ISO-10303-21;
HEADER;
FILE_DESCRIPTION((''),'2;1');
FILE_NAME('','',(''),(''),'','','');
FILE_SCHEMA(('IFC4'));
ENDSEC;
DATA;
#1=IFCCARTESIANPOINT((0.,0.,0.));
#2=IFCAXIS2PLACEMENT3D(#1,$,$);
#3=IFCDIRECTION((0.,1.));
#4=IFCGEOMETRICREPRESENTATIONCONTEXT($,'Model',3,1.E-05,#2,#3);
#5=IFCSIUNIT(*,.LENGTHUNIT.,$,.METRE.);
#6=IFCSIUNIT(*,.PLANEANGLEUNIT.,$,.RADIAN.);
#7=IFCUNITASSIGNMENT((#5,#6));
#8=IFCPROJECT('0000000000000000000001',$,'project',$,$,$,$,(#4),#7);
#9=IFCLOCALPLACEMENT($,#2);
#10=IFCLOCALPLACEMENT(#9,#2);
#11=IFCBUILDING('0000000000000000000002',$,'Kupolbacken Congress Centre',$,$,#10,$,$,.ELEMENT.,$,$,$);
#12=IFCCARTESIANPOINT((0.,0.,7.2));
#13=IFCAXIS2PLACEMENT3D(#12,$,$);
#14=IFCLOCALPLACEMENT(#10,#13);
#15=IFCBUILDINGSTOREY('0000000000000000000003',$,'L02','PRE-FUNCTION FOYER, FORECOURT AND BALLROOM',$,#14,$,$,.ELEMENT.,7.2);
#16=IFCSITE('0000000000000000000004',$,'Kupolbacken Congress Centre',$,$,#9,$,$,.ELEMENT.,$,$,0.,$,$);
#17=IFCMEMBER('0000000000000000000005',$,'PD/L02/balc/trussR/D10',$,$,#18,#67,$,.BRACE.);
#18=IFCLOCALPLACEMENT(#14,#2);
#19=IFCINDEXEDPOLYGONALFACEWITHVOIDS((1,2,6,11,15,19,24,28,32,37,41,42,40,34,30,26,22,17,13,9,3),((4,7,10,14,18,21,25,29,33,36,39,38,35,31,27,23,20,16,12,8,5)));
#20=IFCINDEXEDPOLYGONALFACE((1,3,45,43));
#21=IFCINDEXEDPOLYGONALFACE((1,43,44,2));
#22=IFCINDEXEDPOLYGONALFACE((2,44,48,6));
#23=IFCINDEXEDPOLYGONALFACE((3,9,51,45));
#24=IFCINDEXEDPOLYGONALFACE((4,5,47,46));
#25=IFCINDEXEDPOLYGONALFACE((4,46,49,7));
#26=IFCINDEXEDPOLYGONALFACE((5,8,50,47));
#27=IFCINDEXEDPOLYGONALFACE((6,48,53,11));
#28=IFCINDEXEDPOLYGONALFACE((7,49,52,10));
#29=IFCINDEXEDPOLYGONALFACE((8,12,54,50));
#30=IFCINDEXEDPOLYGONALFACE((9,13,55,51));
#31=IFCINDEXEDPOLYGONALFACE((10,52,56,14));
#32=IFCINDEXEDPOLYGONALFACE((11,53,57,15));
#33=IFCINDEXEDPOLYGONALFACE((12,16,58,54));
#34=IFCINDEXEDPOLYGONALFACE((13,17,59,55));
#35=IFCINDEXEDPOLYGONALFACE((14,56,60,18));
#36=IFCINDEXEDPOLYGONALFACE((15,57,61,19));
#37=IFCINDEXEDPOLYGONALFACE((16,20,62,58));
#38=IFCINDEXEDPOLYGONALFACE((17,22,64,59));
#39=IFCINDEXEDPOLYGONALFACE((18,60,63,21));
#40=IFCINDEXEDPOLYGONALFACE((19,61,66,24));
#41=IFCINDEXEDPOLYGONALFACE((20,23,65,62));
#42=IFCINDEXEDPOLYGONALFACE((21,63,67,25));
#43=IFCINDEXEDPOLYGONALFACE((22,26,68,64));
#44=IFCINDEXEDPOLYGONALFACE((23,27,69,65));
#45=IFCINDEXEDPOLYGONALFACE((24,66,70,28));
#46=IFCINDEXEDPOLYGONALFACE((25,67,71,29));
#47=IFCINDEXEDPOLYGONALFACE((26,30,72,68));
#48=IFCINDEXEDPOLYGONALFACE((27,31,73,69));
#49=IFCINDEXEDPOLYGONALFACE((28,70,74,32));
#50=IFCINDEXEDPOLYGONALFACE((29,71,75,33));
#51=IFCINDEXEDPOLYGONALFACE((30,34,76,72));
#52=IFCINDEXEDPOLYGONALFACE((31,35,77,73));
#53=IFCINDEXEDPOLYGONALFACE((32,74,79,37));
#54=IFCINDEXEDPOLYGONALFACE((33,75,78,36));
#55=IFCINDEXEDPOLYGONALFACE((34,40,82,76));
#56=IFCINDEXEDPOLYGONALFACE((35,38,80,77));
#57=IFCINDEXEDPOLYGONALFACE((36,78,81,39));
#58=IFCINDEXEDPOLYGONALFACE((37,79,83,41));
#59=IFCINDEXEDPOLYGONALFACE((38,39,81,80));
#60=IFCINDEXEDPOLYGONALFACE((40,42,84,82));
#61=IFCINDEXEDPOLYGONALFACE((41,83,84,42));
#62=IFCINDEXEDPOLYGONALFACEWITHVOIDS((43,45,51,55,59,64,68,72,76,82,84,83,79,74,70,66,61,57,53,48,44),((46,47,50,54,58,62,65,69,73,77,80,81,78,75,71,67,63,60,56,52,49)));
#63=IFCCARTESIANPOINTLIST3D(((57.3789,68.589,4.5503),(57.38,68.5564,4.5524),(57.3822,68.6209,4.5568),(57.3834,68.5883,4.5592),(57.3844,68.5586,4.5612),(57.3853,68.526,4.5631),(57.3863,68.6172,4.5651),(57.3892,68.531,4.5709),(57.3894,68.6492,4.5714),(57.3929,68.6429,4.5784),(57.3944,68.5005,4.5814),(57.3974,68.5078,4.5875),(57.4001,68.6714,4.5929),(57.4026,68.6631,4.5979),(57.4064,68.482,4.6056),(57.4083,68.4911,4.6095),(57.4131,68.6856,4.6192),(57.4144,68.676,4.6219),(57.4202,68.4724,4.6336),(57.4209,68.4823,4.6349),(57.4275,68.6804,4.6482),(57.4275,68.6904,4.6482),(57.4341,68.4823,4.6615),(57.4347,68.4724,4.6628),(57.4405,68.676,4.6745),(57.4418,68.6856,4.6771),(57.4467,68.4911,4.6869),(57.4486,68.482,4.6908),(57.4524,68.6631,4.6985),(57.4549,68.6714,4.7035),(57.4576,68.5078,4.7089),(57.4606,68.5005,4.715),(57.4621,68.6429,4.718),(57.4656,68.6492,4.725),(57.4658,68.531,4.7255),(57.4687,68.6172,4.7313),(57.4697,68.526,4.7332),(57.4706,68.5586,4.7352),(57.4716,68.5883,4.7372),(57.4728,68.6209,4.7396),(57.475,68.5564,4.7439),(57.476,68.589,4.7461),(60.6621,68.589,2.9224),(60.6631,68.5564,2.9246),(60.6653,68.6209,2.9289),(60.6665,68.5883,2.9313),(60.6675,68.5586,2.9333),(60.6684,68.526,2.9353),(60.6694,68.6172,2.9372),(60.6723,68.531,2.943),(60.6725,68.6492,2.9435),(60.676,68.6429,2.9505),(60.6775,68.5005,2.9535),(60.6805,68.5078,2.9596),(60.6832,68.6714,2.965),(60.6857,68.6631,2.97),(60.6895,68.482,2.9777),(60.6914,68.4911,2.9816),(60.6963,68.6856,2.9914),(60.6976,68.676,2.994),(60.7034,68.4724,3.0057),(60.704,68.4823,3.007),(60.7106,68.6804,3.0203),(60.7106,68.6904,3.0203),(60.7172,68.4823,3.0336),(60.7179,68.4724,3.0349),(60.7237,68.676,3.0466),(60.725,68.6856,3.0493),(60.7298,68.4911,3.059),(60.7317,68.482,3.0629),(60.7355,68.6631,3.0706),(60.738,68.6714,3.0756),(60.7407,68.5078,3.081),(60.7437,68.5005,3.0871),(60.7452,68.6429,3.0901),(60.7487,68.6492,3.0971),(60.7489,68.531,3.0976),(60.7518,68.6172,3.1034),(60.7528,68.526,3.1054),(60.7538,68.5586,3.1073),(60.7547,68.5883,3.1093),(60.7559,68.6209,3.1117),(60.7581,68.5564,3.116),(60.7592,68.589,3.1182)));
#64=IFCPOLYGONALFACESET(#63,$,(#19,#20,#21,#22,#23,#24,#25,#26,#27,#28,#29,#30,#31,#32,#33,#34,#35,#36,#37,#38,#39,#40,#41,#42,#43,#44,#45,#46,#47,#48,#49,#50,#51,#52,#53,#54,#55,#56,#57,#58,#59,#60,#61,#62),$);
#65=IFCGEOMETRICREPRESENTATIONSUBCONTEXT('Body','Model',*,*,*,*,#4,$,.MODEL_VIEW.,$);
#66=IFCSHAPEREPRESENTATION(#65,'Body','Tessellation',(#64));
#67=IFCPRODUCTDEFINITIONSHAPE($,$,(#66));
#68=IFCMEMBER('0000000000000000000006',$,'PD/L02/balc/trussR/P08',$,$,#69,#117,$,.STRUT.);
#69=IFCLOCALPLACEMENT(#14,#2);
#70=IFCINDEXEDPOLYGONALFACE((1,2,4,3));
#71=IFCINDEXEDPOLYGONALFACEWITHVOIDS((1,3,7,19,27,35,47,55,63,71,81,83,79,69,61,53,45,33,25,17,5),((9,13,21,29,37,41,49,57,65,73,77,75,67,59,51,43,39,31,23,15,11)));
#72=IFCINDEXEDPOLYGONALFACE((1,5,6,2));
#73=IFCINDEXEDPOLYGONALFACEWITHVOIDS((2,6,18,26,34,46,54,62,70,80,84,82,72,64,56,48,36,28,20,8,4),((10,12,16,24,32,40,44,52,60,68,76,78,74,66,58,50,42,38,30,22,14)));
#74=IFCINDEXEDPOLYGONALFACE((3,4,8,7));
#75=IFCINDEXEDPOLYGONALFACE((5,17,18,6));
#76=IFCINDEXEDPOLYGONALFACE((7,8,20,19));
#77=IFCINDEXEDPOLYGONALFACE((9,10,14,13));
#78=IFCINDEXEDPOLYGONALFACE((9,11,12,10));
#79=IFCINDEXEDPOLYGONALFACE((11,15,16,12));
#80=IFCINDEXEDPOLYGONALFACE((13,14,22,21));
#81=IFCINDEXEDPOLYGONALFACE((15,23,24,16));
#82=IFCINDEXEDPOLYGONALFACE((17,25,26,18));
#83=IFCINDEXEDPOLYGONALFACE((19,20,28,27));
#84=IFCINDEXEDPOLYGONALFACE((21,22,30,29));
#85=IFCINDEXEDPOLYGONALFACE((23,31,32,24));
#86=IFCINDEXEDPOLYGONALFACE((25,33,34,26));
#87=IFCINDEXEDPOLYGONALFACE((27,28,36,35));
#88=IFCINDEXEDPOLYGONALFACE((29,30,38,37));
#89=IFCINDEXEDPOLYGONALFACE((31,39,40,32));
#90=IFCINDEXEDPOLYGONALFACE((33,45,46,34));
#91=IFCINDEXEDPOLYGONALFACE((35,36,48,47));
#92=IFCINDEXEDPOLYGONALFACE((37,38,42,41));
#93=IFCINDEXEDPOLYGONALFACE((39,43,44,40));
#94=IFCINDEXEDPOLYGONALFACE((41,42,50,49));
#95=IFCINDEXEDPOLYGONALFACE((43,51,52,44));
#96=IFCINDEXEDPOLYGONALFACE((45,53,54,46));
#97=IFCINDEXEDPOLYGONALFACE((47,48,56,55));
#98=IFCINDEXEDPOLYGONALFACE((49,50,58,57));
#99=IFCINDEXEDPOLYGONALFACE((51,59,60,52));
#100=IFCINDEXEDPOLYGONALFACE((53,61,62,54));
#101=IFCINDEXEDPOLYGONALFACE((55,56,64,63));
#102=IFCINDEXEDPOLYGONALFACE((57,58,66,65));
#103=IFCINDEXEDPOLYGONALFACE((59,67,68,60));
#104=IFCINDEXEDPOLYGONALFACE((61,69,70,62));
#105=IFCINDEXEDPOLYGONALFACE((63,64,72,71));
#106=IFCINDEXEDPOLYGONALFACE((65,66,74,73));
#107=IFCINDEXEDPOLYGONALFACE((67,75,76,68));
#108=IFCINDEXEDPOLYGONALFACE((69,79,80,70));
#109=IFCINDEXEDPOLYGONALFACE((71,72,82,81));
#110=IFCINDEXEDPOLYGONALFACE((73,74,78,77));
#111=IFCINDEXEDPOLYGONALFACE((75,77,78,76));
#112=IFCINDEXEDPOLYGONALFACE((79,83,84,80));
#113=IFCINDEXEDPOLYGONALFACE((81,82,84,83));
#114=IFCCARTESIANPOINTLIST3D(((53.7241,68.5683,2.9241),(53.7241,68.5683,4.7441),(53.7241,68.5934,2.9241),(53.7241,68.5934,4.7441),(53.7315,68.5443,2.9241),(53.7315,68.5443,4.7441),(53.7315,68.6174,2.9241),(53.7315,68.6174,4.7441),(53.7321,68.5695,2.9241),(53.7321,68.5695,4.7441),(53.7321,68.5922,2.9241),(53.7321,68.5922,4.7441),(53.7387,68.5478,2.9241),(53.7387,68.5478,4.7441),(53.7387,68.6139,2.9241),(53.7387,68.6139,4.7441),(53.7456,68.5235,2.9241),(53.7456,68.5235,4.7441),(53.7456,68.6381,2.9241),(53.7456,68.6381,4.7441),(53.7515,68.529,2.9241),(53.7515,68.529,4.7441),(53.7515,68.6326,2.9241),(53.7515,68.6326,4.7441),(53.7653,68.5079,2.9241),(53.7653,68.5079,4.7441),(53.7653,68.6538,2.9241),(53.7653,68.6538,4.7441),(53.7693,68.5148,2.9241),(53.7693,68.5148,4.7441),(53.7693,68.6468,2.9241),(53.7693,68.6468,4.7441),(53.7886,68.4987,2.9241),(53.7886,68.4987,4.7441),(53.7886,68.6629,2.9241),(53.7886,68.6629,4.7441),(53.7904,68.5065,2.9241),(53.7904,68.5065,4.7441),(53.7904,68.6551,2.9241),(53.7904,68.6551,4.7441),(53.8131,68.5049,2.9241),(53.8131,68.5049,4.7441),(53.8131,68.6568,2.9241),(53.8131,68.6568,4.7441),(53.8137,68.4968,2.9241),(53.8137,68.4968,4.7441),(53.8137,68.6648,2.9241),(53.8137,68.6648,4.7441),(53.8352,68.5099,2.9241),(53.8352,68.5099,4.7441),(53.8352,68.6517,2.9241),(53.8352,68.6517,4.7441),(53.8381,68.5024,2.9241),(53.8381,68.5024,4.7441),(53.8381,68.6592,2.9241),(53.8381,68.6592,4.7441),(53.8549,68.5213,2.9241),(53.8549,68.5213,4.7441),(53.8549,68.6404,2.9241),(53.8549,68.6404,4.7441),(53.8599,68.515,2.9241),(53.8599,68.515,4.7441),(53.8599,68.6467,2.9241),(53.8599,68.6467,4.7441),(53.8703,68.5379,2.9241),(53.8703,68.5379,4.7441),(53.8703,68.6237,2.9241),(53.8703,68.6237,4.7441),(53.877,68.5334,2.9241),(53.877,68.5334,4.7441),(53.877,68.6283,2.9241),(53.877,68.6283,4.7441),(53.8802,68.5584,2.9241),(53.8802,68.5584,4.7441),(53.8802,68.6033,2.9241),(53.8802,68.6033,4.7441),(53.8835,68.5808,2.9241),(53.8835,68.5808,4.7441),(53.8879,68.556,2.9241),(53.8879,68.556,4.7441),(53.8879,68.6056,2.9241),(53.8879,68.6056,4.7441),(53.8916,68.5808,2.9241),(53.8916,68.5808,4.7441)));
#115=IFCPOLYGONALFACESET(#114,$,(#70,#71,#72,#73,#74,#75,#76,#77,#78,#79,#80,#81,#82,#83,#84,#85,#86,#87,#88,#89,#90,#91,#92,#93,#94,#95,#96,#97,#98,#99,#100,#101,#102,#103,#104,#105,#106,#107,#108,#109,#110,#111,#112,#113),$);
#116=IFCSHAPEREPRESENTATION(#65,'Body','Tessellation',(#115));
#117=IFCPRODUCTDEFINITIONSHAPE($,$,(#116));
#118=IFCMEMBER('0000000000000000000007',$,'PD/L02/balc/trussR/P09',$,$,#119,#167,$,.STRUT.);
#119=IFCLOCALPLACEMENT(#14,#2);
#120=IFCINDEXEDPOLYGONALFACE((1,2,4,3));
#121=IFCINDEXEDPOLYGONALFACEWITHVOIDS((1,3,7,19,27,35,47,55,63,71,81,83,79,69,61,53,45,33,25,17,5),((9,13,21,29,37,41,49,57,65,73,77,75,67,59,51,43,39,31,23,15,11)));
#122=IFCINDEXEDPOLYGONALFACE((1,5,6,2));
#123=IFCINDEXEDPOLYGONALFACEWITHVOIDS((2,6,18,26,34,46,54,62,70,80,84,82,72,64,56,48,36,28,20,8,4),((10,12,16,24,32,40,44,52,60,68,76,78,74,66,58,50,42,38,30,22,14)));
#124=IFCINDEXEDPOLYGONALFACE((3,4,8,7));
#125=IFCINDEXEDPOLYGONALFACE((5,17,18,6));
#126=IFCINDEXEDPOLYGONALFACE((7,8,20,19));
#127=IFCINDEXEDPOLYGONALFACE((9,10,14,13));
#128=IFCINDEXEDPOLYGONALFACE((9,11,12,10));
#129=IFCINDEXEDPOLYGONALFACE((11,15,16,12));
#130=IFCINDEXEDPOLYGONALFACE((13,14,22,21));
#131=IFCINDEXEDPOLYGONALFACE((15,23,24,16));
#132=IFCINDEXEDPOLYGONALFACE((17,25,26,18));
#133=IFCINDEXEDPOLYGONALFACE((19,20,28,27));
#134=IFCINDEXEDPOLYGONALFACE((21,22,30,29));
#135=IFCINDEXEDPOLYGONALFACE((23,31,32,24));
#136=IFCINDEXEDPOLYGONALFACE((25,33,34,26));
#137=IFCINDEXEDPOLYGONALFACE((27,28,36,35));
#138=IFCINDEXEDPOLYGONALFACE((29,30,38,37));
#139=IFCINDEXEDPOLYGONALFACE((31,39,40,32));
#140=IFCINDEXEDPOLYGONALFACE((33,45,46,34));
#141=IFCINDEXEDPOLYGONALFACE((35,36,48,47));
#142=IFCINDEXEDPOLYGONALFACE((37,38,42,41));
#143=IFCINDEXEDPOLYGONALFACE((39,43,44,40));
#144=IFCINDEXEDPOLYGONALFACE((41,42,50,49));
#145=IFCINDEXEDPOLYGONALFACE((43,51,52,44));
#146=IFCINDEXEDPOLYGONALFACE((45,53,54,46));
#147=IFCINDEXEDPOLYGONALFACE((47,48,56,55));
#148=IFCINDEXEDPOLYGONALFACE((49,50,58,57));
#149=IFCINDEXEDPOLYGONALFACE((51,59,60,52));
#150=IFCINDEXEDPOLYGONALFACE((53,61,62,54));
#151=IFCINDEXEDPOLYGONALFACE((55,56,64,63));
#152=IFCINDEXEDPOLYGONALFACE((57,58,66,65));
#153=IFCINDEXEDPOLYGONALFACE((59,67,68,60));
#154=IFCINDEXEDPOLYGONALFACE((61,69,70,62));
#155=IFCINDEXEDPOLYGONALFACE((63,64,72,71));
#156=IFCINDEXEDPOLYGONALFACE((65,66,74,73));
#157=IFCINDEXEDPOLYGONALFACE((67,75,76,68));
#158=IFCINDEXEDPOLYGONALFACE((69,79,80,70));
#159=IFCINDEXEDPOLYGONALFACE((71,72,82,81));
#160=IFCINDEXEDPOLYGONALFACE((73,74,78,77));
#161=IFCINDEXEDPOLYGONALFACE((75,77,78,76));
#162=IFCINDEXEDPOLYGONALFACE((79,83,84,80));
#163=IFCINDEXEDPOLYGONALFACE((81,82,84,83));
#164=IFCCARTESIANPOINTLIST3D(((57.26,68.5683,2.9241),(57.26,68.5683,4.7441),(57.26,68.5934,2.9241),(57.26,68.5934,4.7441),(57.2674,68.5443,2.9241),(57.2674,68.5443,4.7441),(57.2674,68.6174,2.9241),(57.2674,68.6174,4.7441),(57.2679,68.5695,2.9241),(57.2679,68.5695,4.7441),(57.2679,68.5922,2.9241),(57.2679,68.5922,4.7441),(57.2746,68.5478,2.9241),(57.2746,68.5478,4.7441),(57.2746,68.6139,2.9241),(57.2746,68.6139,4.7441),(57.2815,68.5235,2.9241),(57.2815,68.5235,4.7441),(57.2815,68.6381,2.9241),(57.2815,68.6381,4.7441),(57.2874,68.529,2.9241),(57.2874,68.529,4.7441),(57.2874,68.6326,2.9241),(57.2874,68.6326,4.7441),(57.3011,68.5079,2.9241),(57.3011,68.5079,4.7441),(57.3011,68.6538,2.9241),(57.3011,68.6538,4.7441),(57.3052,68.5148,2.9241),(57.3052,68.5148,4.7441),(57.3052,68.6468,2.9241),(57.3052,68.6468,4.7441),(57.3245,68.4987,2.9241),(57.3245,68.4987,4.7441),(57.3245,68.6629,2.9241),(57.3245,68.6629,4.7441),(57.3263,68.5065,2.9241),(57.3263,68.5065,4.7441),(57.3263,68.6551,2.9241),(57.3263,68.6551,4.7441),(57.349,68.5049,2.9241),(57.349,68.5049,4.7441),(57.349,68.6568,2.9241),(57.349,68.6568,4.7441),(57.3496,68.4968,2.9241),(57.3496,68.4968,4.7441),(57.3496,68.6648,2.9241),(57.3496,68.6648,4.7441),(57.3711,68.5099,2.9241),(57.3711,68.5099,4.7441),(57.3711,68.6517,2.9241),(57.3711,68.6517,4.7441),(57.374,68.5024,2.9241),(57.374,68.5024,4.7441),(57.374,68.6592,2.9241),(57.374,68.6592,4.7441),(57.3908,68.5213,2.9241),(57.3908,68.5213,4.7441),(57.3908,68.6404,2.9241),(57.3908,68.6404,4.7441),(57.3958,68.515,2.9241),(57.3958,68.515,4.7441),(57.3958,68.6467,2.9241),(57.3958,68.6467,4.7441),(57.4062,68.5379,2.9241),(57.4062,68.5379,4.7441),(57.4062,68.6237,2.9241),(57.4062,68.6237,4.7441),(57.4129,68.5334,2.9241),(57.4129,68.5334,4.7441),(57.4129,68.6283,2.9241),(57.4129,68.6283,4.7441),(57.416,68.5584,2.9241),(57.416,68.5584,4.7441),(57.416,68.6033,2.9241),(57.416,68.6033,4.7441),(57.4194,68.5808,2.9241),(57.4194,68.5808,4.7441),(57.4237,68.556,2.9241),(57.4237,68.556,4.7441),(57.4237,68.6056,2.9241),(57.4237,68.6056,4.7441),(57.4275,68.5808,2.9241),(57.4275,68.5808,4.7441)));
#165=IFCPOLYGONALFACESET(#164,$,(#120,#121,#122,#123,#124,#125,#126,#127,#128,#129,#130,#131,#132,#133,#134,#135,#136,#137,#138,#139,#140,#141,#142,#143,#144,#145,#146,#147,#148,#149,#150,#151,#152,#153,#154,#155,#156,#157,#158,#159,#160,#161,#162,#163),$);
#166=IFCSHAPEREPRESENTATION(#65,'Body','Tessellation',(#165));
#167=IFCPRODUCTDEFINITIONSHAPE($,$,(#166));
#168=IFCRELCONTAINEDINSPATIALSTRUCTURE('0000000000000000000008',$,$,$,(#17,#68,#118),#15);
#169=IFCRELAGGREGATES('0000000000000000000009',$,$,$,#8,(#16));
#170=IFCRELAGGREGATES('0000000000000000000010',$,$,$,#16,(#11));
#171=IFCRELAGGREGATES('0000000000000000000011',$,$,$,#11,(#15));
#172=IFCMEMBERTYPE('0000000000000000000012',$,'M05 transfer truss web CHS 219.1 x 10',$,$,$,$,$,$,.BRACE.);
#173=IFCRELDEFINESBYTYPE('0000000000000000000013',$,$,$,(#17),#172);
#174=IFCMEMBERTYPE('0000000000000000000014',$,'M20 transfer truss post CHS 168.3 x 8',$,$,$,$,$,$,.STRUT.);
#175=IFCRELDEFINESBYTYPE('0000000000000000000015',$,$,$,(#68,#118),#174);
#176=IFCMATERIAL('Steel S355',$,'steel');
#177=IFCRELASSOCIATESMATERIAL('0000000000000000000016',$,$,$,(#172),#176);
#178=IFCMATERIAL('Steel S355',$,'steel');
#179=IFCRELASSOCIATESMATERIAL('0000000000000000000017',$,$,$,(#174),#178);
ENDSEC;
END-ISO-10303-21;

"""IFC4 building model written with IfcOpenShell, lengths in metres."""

from ifc_helpers import new_model, si_unit, direction, frame, origin, origin_2d, place, context, subcontext, project, spatial, hollow_circle, extrude, material, material_profile, profile_set, type_object, element, save


model = new_model("IFC4")

# Units and contexts
model_context = context("Model", 3, precision=1e-05, world=origin(), true_north=direction((0.0, 1.0)))
body_context = subcontext(model_context, "Body", "Model", "MODEL_VIEW")
ifc_project = project(units=[si_unit("LENGTHUNIT", "METRE"), si_unit("PLANEANGLEUNIT", "RADIAN")], contexts=[model_context])

# Site, building, storey
site_placement = place(None, origin())
site = spatial("IfcSite", under=ifc_project, at=site_placement, Name="Kupolbacken Congress Centre", CompositionType="ELEMENT", RefElevation=0.0)
building_placement = place(site_placement, origin())
building = spatial("IfcBuilding", under=site, at=building_placement, Name="Kupolbacken Congress Centre", CompositionType="ELEMENT")
storey_placement = place(building_placement, frame((0.0, 0.0, 7.2)))
storey = spatial("IfcBuildingStorey", under=building, at=storey_placement, Name="L02", Description="PRE-FUNCTION FOYER, FORECOURT AND BALLROOM", CompositionType="ELEMENT", Elevation=7.2)

# Members
ifc_material_1 = material(Name="Steel S355", Category="steel")
ifc_material_profile_1 = material_profile(ifc_material_1, hollow_circle(Radius=0.1096, WallThickness=0.01, at=origin_2d()), Name="CHS 219.1 x 10")
ifc_profile_set_1 = profile_set([ifc_material_profile_1], Name="Steel S355")
member_type_1 = type_object("IfcMemberType", Name="M05 transfer truss web CHS 219.1 x 10", PredefinedType="BRACE", material=ifc_profile_set_1)
member_1_placement = place(storey_placement, frame((57.4275, 68.5808, 4.6482), z_axis=(0.895915, 0.0, -0.444227), x_axis=(0.0, 1.0, 0.0)))
element("IfcMember", 1, at=member_1_placement, inside=storey, type_object=member_type_1, Name="PD/L02/balc/trussR/D10", PredefinedType="BRACE", context=body_context, shape_type="SweptSolid", body=[
    extrude(hollow_circle(Radius=0.1096, WallThickness=0.01, at=origin_2d()), origin(), (0.0, 0.0, 1.0), 3.6646),
])
ifc_material_2 = material(Name="Steel S355", Category="steel")
ifc_material_profile_2 = material_profile(ifc_material_2, hollow_circle(Radius=0.0842, WallThickness=0.0081, at=origin_2d()), Name="CHS 168.3 x 8")
ifc_profile_set_2 = profile_set([ifc_material_profile_2], Name="Steel S355")
member_type_2 = type_object("IfcMemberType", Name="M20 transfer truss post CHS 168.3 x 8", PredefinedType="STRUT", material=ifc_profile_set_2)
for number, where, z_axis, x_axis, name in (
    (2, (53.8074, 68.5808, 2.9241), (0.0, 0.0, 1.0), (1.0, 0.0, 0.0), "PD/L02/balc/trussR/P08"),
    (3, (57.3433, 68.5808, 2.9241), (0.0, 0.0, 1.0), (1.0, 0.0, 0.0), "PD/L02/balc/trussR/P09"),
):
    element("IfcMember", number, at=place(storey_placement, frame(where, z_axis=z_axis, x_axis=x_axis)), inside=storey, type_object=member_type_2, Name=name, PredefinedType="STRUT", context=body_context, shape_type="SweptSolid", body=[
        extrude(hollow_circle(Radius=0.0842, WallThickness=0.0081, at=origin_2d()), origin(), (0.0, 0.0, 1.0), 1.8201),
    ])

save(model, "model.ifc")
